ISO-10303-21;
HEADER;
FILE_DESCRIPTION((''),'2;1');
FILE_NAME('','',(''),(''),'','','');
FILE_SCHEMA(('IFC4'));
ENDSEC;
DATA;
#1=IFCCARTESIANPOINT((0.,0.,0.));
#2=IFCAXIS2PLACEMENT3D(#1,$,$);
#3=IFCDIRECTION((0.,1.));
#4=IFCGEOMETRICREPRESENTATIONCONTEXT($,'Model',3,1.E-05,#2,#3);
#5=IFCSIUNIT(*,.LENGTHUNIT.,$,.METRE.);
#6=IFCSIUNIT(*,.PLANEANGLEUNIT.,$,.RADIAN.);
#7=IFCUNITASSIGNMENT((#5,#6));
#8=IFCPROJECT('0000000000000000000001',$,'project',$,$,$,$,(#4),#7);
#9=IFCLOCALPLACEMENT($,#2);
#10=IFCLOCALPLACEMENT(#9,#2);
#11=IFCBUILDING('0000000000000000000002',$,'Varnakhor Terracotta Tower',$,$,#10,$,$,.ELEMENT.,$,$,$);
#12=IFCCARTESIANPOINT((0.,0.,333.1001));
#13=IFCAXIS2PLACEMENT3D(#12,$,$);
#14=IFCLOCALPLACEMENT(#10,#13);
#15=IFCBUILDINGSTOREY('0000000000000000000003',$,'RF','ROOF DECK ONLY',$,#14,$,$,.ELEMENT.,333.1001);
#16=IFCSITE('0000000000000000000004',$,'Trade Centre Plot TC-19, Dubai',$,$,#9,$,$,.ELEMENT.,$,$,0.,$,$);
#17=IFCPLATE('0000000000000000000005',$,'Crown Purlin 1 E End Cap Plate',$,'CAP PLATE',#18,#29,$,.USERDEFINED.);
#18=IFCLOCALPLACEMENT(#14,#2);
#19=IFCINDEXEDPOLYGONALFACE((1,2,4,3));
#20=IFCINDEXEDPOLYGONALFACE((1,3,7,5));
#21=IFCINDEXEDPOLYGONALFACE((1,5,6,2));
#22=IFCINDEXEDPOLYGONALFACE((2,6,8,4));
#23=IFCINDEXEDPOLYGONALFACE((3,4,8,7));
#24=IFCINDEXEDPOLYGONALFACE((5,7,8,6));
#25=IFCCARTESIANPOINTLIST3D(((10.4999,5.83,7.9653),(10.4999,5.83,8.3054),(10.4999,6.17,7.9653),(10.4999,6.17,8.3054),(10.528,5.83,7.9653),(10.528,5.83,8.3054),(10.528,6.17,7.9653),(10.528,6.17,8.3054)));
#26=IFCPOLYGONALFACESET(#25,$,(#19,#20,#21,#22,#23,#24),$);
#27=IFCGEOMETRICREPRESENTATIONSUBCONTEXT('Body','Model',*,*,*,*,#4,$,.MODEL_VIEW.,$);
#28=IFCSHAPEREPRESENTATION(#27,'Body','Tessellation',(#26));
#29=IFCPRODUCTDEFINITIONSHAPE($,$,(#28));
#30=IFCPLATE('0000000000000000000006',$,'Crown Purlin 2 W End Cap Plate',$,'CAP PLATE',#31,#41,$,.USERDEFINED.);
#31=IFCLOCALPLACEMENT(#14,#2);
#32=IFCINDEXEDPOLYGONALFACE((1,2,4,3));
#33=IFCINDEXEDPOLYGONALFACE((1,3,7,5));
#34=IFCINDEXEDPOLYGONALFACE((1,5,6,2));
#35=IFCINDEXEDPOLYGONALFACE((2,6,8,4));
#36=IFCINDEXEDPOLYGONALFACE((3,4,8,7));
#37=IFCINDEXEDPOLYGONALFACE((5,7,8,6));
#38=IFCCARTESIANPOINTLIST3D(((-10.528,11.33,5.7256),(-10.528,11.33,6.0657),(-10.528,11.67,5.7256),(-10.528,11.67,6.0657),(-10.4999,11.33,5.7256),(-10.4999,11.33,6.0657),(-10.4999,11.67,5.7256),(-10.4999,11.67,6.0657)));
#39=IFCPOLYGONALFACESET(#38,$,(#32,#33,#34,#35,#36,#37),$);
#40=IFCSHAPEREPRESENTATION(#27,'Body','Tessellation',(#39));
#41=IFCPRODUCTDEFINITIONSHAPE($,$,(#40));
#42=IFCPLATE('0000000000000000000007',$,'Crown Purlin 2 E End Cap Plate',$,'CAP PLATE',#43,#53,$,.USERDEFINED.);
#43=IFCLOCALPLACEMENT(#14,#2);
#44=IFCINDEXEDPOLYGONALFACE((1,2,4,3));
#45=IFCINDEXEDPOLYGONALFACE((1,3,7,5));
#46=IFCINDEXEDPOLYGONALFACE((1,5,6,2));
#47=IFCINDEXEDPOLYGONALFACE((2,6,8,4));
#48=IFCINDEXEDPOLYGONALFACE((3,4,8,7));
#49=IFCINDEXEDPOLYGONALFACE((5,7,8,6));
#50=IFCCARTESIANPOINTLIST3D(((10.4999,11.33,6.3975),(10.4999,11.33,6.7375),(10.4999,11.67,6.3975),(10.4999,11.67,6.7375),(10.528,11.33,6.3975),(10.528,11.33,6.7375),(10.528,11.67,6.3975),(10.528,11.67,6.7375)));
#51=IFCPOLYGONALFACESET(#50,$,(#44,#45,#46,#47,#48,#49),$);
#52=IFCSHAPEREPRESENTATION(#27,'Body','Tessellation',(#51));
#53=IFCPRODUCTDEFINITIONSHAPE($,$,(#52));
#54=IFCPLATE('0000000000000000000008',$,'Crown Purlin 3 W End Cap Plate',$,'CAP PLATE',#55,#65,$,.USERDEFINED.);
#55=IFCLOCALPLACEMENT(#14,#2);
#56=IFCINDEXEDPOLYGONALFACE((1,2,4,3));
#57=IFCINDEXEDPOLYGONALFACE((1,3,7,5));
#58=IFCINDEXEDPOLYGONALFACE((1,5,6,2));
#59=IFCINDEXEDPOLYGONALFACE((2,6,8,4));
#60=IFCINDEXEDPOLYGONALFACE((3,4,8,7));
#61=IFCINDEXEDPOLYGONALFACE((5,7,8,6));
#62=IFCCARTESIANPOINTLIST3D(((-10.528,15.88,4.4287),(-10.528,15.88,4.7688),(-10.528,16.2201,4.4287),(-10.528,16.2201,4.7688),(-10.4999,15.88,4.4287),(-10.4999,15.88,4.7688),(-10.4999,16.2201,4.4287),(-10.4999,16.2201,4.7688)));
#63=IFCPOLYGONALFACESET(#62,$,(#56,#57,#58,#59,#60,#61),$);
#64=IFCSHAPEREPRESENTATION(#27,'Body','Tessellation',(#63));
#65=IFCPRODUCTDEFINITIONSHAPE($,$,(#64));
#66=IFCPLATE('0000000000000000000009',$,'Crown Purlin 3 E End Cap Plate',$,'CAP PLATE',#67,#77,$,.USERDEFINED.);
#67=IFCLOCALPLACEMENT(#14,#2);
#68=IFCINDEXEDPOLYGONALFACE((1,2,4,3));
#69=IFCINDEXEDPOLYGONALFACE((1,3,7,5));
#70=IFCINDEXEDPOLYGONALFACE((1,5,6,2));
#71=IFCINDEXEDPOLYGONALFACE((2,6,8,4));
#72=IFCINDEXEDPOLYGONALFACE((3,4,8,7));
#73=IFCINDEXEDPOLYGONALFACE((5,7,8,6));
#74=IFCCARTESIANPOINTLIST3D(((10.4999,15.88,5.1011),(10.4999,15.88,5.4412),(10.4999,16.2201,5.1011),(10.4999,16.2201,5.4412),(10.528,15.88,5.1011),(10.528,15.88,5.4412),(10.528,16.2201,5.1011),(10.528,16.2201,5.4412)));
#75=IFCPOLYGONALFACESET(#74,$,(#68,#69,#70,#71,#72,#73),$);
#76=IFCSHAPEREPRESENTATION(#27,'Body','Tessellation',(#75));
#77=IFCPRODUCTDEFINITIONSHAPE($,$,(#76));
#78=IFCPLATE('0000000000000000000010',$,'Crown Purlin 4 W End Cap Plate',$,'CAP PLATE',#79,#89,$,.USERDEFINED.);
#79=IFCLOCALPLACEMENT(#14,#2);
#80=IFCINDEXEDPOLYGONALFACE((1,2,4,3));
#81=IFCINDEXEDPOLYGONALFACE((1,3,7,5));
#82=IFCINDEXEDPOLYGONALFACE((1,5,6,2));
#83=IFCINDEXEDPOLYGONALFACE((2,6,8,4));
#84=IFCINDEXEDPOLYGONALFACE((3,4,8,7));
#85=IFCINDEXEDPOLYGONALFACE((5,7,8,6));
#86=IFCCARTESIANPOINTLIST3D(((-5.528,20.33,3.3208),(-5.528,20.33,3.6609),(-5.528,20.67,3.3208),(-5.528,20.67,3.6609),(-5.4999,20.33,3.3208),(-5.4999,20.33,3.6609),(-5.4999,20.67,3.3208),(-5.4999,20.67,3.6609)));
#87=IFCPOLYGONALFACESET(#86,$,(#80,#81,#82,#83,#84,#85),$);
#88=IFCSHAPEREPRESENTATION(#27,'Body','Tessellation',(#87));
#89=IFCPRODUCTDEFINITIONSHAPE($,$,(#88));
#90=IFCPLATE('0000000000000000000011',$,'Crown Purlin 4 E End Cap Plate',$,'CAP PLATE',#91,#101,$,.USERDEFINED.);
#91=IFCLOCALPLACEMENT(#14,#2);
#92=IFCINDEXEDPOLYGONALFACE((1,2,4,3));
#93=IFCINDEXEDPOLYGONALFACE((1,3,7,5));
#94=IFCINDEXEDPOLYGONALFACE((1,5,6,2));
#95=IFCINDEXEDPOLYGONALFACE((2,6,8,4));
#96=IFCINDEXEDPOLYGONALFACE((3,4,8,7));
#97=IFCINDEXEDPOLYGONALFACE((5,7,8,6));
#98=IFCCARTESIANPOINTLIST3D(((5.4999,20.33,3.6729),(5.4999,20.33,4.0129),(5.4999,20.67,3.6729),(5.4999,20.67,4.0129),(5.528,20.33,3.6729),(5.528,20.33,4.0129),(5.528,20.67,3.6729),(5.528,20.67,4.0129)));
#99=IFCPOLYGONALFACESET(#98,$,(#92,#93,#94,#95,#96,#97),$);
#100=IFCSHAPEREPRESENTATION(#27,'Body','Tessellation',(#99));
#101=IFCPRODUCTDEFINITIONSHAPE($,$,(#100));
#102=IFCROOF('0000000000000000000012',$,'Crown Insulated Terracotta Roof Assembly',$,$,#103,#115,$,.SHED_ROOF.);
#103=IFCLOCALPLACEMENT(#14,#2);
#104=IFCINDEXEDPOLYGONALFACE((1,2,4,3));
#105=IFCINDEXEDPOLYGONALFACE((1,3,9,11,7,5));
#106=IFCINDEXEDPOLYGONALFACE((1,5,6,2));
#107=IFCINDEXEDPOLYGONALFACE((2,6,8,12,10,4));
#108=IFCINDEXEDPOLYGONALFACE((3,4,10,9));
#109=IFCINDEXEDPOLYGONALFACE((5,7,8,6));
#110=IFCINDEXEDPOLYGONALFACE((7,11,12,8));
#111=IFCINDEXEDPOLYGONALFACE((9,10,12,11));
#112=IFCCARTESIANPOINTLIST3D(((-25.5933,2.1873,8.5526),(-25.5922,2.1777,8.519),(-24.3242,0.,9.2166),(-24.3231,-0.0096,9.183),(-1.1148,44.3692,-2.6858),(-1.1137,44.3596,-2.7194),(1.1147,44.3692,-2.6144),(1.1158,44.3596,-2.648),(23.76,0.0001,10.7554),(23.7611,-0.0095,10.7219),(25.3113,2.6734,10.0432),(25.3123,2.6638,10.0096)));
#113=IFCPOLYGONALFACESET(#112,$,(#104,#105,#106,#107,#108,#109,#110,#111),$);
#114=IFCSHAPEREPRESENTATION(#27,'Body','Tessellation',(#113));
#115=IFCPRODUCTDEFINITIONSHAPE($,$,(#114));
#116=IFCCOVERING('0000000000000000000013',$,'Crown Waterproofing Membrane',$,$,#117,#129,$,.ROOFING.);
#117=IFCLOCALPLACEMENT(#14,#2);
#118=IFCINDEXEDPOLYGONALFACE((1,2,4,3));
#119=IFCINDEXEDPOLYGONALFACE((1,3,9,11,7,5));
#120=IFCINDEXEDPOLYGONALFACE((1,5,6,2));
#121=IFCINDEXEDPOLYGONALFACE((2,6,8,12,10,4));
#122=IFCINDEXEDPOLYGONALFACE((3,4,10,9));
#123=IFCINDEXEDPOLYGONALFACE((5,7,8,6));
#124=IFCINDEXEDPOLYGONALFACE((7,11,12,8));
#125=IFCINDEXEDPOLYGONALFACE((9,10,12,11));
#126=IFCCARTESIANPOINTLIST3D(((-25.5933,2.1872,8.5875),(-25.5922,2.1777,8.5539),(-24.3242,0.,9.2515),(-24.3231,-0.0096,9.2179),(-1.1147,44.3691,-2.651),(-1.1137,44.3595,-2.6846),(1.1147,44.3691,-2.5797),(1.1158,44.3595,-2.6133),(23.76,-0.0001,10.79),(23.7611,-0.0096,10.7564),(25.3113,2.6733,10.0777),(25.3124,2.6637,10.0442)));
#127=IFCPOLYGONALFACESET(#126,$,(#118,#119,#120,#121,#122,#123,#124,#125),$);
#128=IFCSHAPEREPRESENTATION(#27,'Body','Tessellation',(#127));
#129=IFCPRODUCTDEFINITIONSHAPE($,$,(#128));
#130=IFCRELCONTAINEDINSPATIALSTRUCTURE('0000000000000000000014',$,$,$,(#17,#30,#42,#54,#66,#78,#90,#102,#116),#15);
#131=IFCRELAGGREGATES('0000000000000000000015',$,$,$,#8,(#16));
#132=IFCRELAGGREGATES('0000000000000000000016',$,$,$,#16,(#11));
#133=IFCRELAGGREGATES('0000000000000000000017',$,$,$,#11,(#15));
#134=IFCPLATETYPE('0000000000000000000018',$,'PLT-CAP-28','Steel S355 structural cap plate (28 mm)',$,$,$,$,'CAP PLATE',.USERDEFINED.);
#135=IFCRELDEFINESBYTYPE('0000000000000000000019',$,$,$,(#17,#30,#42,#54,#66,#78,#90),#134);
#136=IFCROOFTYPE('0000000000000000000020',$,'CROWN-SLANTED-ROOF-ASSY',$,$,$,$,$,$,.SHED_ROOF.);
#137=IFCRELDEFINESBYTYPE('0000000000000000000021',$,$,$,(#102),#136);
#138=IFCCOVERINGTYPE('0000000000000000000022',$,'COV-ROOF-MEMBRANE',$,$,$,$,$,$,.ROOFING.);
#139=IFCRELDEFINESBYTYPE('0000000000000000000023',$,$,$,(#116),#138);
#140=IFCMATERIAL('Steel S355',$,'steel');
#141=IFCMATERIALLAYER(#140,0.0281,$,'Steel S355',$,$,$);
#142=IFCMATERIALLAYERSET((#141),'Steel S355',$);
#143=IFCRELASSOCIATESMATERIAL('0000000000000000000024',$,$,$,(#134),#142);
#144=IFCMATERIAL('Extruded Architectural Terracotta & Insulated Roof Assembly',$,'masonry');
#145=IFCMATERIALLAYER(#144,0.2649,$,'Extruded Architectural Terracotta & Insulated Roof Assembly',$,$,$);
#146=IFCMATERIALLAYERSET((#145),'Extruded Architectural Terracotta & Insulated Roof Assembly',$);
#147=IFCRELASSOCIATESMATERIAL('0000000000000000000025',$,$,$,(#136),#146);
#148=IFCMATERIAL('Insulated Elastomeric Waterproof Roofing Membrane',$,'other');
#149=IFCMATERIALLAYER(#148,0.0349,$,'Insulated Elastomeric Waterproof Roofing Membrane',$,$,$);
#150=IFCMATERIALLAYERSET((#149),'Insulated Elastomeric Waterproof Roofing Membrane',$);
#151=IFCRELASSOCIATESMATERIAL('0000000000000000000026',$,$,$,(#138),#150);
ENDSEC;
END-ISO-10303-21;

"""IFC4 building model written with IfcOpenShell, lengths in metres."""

from ifc_helpers import new_model, si_unit, direction, frame, origin, origin_2d, place, context, subcontext, project, spatial, polyline, rectangle, outline, extrude, source, transform, mapped, material, layer, layer_set, type_object, element, save


model = new_model("IFC4")

# Units and contexts
model_context = context("Model", 3, precision=1e-05, world=origin(), true_north=direction((0.0, 1.0)))
body_context = subcontext(model_context, "Body", "Model", "MODEL_VIEW")
ifc_project = project(units=[si_unit("LENGTHUNIT", "METRE"), si_unit("PLANEANGLEUNIT", "RADIAN")], contexts=[model_context])

# Site, building, storey
site_placement = place(None, origin())
site = spatial("IfcSite", under=ifc_project, at=site_placement, Name="Trade Centre Plot TC-19, Dubai", CompositionType="ELEMENT", RefElevation=0.0)
building_placement = place(site_placement, origin())
building = spatial("IfcBuilding", under=site, at=building_placement, Name="Varnakhor Terracotta Tower", CompositionType="ELEMENT")
storey_placement = place(building_placement, frame((0.0, 0.0, 333.1001)))
storey = spatial("IfcBuildingStorey", under=building, at=storey_placement, Name="RF", Description="ROOF DECK ONLY", CompositionType="ELEMENT", Elevation=333.1001)

# Shared definitions
ifc_material_1 = material(Name="Steel S355", Category="steel")

# Plates
ifc_layer_1 = layer(ifc_material_1, 0.0281, Name="Steel S355")
ifc_layer_set_1 = layer_set([ifc_layer_1], Name="Steel S355")
plate_type_1 = type_object("IfcPlateType", Name="PLT-CAP-28", Description="Steel S355 structural cap plate (28 mm)", ElementType="CAP PLATE", PredefinedType="USERDEFINED", material=ifc_layer_set_1)
shared_shape_1 = source(origin(), body_context, "Body", "SweptSolid", [
    extrude(rectangle(XDim=0.0281, YDim=0.3401, at=origin_2d()), origin(), (0.0, 0.0, 1.0), 0.3401),
])
for number, where, z_axis, x_axis, name in (
    (1, (10.5139, 6.0, 7.9653), (0.0, 0.0, 1.0), (1.0, 0.0, 0.0), "Crown Purlin 1 E End Cap Plate"),
    (2, (-10.5139, 11.5, 5.7256), (0.0, 0.0, 1.0), (1.0, 0.0, 0.0), "Crown Purlin 2 W End Cap Plate"),
    (3, (10.5139, 11.5, 6.3975), (0.0, 0.0, 1.0), (1.0, 0.0, 0.0), "Crown Purlin 2 E End Cap Plate"),
    (4, (-10.5139, 16.05, 4.4287), (0.0, 0.0, 1.0), (1.0, 0.0, 0.0), "Crown Purlin 3 W End Cap Plate"),
    (5, (10.5139, 16.05, 5.1011), (0.0, 0.0, 1.0), (1.0, 0.0, 0.0), "Crown Purlin 3 E End Cap Plate"),
    (6, (-5.5139, 20.5, 3.3208), (0.0, 0.0, 1.0), (1.0, 0.0, 0.0), "Crown Purlin 4 W End Cap Plate"),
    (7, (5.5139, 20.5, 3.6729), (0.0, 0.0, 1.0), (1.0, 0.0, 0.0), "Crown Purlin 4 E End Cap Plate"),
):
    element("IfcPlate", number, at=place(storey_placement, frame(where, z_axis=z_axis, x_axis=x_axis)), inside=storey, type_object=plate_type_1, Name=name, ObjectType="CAP PLATE", PredefinedType="USERDEFINED", context=body_context, shape_type="MappedRepresentation", body=[
        mapped(shared_shape_1, transform((0.0, 0.0, 0.0), scale=1.0)),
    ])

# Roof
ifc_material_2 = material(Name="Extruded Architectural Terracotta & Insulated Roof Assembly", Category="masonry")
ifc_layer_2 = layer(ifc_material_2, 0.2649, Name="Extruded Architectural Terracotta & Insulated Roof Assembly")
ifc_layer_set_2 = layer_set([ifc_layer_2], Name="Extruded Architectural Terracotta & Insulated Roof Assembly")
roof_type = type_object("IfcRoofType", Name="CROWN-SLANTED-ROOF-ASSY", PredefinedType="SHED_ROOF", material=ifc_layer_set_2)
roof_placement = place(storey_placement, frame((-24.3242, 0.0, 9.2166), z_axis=(-0.030764, 0.273955, 0.96125), x_axis=(0.999488, 0.000002, 0.031987)))
element("IfcRoof", 8, at=roof_placement, inside=storey, type_object=roof_type, Name="Crown Insulated Terracotta Roof Assembly", PredefinedType="SHED_ROOF", context=body_context, shape_type="SweptSolid", body=[
    extrude(outline(polyline([(0.0, 0.0), (48.1088, 0.0), (49.6365, 2.7797), (25.0476, 46.1341), (22.8169, 46.1341), (-1.2896, 2.2743), (0.0, 0.0)])), origin(), (0.0, 0.0, -1.0), 0.0349),
])

# Covering
ifc_material_3 = material(Name="Insulated Elastomeric Waterproof Roofing Membrane", Category="other")
ifc_layer_3 = layer(ifc_material_3, 0.0349, Name="Insulated Elastomeric Waterproof Roofing Membrane")
ifc_layer_set_3 = layer_set([ifc_layer_3], Name="Insulated Elastomeric Waterproof Roofing Membrane")
covering_type = type_object("IfcCoveringType", Name="COV-ROOF-MEMBRANE", PredefinedType="ROOFING", material=ifc_layer_set_3)
covering_placement = place(storey_placement, frame((-24.3242, 0.0, 9.2515), z_axis=(-0.030756, 0.273955, 0.961251), x_axis=(0.999489, -0.000002, 0.03198)))
element("IfcCovering", 9, at=covering_placement, inside=storey, type_object=covering_type, Name="Crown Waterproofing Membrane", PredefinedType="ROOFING", context=body_context, shape_type="SweptSolid", body=[
    extrude(outline(polyline([(0.0, 0.0), (48.1088, 0.0), (49.6365, 2.7797), (25.0475, 46.1341), (22.8169, 46.1341), (-1.2896, 2.2742), (0.0, 0.0)])), origin(), (0.0, 0.0, -1.0), 0.0349),
])

save(model, "model.ifc")
